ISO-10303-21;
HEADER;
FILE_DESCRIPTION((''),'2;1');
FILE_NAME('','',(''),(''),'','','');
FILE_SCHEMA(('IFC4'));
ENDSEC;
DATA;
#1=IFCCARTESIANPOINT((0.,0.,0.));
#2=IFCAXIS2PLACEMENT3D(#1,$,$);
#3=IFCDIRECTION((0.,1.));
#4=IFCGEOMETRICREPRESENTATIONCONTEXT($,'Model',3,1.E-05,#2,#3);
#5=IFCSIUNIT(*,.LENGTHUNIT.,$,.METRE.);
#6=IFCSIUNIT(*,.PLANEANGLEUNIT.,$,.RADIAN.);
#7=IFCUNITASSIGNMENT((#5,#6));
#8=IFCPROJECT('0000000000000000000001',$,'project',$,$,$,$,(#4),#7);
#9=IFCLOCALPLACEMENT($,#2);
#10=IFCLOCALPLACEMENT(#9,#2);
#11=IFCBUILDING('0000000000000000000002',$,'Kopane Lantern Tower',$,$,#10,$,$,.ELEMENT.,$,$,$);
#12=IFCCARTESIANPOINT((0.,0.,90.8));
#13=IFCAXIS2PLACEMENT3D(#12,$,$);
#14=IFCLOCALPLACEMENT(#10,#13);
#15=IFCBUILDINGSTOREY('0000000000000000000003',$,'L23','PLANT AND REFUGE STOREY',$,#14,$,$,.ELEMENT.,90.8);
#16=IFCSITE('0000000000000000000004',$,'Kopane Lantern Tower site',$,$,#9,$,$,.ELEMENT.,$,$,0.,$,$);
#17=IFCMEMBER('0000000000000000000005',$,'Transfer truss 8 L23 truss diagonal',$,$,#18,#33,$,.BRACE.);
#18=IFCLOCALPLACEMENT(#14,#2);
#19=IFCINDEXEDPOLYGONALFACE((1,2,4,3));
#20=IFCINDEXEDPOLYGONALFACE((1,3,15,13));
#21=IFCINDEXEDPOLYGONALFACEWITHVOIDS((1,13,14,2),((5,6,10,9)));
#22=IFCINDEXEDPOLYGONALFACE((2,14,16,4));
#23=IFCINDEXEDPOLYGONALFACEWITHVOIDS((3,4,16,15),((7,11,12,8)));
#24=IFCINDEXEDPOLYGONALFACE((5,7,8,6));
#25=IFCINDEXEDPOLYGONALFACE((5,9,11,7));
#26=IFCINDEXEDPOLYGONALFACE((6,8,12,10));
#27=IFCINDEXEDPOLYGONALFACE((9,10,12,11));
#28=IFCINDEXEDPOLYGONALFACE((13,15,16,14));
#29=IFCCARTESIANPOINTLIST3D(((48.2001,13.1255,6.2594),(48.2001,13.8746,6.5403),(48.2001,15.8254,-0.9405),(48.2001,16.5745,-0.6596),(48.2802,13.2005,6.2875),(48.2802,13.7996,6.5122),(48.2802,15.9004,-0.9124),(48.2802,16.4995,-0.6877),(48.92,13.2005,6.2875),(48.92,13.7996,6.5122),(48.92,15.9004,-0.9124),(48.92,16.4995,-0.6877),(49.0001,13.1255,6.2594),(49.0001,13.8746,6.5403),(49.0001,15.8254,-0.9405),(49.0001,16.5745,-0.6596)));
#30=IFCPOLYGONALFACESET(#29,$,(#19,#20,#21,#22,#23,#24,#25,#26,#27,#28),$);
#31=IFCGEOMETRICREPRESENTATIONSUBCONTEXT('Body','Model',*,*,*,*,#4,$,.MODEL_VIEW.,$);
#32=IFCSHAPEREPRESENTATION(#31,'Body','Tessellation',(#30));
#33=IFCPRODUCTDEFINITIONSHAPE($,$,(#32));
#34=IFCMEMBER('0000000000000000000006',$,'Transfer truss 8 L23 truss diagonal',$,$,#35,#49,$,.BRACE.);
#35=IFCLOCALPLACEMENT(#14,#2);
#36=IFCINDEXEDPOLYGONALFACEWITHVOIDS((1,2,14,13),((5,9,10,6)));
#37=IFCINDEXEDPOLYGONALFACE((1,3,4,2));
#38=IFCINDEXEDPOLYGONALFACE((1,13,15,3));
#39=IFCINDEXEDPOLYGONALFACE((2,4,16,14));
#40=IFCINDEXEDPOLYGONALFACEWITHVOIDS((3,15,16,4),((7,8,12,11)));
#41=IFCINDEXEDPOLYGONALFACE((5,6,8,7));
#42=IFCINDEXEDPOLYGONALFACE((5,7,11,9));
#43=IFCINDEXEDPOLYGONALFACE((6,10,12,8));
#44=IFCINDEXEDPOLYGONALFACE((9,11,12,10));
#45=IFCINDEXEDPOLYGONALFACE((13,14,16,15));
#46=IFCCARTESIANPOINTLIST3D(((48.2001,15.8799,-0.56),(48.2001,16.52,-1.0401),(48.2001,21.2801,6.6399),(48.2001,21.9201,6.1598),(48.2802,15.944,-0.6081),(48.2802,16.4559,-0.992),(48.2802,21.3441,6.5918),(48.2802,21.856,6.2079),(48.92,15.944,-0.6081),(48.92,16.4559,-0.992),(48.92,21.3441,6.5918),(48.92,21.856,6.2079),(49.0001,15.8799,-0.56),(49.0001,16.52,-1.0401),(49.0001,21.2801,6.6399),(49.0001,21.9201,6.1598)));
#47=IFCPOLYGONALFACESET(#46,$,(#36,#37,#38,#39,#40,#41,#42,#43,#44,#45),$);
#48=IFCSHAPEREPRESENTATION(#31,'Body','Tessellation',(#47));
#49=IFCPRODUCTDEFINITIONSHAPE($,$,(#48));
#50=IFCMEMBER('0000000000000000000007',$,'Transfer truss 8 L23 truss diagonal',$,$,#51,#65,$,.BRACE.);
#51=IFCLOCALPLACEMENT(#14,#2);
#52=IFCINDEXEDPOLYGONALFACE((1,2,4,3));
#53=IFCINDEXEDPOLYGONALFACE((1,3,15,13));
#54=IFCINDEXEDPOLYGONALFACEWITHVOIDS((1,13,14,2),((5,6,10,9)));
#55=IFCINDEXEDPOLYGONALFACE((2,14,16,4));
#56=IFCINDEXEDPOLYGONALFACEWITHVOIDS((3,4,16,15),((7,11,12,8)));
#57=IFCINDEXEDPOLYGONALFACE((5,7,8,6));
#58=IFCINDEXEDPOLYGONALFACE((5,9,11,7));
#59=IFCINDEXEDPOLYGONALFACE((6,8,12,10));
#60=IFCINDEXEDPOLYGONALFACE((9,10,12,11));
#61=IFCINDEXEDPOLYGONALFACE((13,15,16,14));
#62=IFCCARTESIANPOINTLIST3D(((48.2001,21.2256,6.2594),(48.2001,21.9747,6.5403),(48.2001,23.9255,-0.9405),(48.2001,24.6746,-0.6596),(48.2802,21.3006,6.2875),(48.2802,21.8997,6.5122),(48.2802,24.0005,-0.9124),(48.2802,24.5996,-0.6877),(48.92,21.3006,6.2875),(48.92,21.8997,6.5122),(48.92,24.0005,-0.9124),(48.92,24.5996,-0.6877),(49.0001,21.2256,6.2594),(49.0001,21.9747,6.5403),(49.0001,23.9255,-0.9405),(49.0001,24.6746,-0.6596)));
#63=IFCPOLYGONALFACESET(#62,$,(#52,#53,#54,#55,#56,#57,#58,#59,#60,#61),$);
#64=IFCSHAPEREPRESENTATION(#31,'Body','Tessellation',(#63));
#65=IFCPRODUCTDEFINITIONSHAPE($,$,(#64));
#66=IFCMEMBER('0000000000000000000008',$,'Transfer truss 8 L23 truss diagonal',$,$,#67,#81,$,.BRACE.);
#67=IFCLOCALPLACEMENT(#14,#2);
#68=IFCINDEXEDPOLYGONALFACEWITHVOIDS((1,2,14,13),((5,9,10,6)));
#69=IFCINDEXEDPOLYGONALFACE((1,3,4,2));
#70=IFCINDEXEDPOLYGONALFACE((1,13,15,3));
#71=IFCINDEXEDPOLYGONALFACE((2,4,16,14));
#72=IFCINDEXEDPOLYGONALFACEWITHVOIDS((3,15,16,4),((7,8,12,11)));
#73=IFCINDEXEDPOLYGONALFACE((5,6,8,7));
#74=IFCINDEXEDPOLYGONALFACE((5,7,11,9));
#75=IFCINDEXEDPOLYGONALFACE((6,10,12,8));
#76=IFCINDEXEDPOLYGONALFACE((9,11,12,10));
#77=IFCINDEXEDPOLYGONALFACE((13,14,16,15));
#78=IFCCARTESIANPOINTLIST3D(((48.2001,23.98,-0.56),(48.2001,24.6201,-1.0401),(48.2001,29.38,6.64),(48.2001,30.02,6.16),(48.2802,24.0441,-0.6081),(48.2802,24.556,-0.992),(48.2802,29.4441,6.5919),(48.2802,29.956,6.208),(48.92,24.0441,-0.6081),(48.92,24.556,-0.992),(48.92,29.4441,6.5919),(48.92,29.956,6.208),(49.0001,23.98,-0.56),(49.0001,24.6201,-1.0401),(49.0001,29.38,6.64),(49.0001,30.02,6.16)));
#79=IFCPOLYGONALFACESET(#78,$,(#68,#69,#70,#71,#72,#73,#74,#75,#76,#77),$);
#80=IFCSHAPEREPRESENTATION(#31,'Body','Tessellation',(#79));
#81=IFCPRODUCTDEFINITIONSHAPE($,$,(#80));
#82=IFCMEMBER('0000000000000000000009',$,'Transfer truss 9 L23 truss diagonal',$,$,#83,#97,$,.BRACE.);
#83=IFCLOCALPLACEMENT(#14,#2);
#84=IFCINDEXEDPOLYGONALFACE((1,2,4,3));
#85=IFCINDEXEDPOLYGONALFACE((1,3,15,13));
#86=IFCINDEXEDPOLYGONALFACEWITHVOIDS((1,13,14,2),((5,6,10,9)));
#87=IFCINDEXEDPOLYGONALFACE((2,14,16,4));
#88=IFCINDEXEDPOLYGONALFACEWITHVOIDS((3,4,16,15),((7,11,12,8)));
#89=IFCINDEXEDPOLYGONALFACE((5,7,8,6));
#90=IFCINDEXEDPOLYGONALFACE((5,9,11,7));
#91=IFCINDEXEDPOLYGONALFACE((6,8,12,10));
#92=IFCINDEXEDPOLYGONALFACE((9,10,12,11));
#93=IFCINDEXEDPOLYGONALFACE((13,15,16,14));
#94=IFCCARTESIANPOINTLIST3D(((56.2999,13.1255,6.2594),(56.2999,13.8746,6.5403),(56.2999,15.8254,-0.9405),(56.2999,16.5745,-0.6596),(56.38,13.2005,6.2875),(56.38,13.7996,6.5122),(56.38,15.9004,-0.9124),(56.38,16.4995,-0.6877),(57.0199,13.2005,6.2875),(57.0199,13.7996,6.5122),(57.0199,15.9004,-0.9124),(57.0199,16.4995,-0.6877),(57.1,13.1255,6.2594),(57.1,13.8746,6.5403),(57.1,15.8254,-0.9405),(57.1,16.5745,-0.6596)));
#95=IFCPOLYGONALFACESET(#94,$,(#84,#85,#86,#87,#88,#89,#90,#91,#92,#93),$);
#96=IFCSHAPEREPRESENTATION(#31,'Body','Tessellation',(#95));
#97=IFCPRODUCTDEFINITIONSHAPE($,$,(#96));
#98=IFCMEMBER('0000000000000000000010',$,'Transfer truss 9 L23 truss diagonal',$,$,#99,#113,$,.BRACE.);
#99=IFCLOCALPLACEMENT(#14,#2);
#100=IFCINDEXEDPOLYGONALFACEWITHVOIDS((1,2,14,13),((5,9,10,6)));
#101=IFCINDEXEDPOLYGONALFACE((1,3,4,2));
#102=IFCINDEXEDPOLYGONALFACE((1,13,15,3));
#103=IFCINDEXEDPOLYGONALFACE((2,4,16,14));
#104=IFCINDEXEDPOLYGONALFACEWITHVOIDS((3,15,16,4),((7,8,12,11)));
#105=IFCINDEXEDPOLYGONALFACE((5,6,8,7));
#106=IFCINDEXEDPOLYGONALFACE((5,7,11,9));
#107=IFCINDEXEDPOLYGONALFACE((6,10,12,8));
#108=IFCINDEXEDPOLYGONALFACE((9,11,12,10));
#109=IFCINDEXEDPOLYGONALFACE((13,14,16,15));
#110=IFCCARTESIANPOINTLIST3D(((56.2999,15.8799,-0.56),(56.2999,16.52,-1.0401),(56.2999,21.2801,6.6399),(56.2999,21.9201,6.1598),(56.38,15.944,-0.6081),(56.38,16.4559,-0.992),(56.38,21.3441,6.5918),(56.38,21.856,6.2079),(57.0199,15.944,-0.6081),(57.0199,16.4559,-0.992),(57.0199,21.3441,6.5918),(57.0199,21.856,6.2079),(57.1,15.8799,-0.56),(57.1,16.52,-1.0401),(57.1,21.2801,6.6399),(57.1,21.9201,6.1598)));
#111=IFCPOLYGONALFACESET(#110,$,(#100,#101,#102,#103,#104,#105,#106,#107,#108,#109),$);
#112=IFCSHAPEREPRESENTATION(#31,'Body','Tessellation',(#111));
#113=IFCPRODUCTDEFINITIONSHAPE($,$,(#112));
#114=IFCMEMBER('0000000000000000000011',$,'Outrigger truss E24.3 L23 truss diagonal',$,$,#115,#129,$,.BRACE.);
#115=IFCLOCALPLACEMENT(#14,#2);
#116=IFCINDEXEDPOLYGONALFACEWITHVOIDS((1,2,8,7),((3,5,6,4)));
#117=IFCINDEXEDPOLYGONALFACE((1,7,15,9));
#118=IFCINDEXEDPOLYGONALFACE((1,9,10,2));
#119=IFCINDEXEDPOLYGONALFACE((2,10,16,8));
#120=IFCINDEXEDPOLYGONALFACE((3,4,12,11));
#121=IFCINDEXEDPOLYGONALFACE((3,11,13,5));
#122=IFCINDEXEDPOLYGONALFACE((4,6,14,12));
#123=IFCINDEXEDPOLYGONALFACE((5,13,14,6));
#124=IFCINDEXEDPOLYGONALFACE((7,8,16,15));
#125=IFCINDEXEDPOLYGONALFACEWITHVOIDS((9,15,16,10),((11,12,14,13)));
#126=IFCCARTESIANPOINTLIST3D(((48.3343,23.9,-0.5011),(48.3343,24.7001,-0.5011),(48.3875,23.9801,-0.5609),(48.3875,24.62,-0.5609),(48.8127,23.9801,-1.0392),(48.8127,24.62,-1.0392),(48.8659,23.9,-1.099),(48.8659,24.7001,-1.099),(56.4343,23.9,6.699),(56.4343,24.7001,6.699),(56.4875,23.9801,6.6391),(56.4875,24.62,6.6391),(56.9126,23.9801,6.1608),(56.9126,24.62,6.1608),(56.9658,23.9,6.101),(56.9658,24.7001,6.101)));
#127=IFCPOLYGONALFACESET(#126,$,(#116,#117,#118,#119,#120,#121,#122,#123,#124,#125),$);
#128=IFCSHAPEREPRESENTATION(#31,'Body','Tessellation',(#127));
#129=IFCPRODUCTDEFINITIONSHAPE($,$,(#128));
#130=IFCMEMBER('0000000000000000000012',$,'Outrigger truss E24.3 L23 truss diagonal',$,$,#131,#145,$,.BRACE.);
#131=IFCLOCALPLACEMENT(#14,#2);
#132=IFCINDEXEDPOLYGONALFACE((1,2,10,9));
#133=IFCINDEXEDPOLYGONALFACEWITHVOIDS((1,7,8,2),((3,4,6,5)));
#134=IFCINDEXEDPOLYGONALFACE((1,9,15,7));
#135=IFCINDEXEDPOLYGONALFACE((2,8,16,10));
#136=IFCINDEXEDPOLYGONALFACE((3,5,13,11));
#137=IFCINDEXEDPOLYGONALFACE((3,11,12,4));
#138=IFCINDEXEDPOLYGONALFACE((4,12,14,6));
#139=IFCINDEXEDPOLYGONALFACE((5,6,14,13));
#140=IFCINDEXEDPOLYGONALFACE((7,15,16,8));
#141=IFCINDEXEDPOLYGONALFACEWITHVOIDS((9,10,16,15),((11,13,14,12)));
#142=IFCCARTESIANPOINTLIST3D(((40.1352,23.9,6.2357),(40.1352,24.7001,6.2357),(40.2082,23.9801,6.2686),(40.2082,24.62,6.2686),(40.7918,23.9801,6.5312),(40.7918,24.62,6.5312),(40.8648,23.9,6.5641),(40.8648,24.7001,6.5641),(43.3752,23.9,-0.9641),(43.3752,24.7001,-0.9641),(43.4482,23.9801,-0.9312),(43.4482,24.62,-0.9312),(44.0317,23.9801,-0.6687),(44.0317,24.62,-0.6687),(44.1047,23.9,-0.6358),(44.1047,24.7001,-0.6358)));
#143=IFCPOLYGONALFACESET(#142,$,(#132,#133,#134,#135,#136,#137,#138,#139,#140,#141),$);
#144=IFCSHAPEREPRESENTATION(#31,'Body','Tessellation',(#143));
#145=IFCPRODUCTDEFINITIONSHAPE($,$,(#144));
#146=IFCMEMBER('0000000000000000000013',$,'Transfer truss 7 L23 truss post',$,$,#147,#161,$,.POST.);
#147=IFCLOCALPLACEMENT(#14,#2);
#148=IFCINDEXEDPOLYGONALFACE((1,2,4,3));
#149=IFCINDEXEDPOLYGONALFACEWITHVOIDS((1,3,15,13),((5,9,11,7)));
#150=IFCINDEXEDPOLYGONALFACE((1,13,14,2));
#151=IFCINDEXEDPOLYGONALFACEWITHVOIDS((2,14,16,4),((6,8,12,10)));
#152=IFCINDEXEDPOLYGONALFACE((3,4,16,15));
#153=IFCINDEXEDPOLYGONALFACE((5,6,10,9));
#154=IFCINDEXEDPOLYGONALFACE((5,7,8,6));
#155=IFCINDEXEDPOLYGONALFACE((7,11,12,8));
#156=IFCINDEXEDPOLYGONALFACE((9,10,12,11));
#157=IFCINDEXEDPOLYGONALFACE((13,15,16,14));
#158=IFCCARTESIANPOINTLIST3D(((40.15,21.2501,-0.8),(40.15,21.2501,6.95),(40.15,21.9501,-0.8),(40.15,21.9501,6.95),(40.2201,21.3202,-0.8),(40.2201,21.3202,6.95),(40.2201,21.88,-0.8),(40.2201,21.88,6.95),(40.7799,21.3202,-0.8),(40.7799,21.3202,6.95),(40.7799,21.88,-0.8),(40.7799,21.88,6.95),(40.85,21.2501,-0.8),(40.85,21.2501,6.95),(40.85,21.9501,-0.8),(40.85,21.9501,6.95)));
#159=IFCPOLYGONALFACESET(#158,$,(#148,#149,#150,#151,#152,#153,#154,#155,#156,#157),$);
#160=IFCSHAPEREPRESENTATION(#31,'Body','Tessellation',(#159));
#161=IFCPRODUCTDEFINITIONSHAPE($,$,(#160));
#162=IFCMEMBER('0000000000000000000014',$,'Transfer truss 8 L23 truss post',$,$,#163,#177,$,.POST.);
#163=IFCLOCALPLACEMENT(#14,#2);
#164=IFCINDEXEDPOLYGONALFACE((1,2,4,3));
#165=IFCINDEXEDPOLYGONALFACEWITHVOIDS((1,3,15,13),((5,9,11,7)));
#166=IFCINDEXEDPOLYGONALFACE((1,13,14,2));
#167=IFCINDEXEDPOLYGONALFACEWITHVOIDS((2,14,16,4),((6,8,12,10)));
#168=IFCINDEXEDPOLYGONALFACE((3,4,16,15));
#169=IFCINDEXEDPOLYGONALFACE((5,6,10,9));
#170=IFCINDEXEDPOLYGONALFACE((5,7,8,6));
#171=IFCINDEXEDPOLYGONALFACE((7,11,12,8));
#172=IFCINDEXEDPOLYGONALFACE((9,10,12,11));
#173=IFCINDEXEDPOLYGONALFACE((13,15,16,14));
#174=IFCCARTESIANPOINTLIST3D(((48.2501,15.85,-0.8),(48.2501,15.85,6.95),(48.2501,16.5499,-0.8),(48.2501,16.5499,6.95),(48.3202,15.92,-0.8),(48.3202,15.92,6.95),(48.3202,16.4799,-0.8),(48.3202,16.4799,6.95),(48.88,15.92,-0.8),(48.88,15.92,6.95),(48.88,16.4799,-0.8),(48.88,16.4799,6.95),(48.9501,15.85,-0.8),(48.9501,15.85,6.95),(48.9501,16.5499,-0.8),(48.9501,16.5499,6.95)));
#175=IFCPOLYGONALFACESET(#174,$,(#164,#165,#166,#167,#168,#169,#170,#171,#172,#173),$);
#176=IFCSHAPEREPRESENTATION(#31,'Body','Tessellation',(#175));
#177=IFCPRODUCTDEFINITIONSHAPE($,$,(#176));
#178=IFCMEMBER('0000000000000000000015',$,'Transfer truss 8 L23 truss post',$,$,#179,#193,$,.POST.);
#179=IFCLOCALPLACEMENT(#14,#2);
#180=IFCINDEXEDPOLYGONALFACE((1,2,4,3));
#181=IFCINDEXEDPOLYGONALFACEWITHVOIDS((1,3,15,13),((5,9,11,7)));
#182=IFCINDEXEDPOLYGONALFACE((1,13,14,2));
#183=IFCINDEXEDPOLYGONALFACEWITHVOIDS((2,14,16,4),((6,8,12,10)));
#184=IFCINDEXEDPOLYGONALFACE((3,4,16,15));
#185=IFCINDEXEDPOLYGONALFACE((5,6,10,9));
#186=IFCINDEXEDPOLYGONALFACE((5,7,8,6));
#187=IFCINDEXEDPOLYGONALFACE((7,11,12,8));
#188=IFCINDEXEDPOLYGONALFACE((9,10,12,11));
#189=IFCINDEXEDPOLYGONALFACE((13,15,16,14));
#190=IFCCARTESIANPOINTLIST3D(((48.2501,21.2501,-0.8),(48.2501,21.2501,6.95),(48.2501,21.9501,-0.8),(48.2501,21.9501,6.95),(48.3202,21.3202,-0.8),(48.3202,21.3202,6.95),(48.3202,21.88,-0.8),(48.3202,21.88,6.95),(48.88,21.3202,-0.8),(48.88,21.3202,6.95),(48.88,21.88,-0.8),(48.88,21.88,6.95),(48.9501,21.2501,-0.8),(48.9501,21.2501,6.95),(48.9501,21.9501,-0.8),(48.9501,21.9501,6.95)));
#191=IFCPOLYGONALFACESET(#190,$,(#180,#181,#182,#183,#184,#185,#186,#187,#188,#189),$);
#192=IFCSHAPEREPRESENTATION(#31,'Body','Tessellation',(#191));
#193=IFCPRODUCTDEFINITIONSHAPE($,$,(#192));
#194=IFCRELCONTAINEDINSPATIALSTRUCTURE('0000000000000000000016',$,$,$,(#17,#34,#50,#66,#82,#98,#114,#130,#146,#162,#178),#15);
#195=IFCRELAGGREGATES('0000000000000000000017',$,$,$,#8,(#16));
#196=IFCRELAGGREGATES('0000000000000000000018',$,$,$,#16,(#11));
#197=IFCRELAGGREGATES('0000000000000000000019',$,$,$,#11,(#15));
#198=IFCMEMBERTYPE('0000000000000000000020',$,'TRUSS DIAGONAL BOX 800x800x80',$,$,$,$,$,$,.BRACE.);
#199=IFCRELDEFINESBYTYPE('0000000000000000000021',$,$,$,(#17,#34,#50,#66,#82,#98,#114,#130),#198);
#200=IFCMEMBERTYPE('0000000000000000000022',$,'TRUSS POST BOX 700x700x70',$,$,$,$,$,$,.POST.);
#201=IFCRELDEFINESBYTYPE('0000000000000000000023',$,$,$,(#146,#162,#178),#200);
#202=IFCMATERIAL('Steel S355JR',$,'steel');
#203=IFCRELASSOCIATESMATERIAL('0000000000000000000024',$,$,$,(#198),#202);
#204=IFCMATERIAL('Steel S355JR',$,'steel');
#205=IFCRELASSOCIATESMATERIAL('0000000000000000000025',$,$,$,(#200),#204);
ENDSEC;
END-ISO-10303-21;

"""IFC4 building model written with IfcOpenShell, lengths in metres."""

from ifc_helpers import new_model, si_unit, direction, frame, origin, origin_2d, place, context, subcontext, project, spatial, hollow_rectangle, extrude, material, material_profile, profile_set, type_object, element, save


model = new_model("IFC4")

# Units and contexts
model_context = context("Model", 3, precision=1e-05, world=origin(), true_north=direction((0.0, 1.0)))
body_context = subcontext(model_context, "Body", "Model", "MODEL_VIEW")
ifc_project = project(units=[si_unit("LENGTHUNIT", "METRE"), si_unit("PLANEANGLEUNIT", "RADIAN")], contexts=[model_context])

# Site, building, storey
site_placement = place(None, origin())
site = spatial("IfcSite", under=ifc_project, at=site_placement, Name="Kopane Lantern Tower site", CompositionType="ELEMENT", RefElevation=0.0)
building_placement = place(site_placement, origin())
building = spatial("IfcBuilding", under=site, at=building_placement, Name="Kopane Lantern Tower", CompositionType="ELEMENT")
storey_placement = place(building_placement, frame((0.0, 0.0, 90.8)))
storey = spatial("IfcBuildingStorey", under=building, at=storey_placement, Name="L23", Description="PLANT AND REFUGE STOREY", CompositionType="ELEMENT", Elevation=90.8)

# Members
ifc_material_1 = material(Name="Steel S355JR", Category="steel")
ifc_material_profile_1 = material_profile(ifc_material_1, hollow_rectangle(XDim=0.8, YDim=0.8, WallThickness=0.0801, at=origin_2d()), Name="BOX 800x800x80")
ifc_profile_set_1 = profile_set([ifc_material_profile_1], Name="Steel S355JR")
member_type_1 = type_object("IfcMemberType", Name="TRUSS DIAGONAL BOX 800x800x80", PredefinedType="BRACE", material=ifc_profile_set_1)
for number, where, z_axis, x_axis, name in (
    (1, (48.6001, 16.2, -0.8), (0.0, -0.35112, 0.93633), (1.0, 0.0, 0.0), "Transfer truss 8 L23 truss diagonal"),
):
    element("IfcMember", number, at=place(storey_placement, frame(where, z_axis=z_axis, x_axis=x_axis)), inside=storey, type_object=member_type_1, Name=name, PredefinedType="BRACE", context=body_context, shape_type="SweptSolid", body=[
        extrude(hollow_rectangle(XDim=0.8, YDim=0.8, WallThickness=0.0801, at=origin_2d()), origin(), (0.0, 0.0, 1.0), 7.6895),
    ])
member_1_placement = place(storey_placement, frame((48.6001, 16.2, -0.8), z_axis=(0.0, 0.600013, 0.79999), x_axis=(-1.0, 0.0, 0.0)))
element("IfcMember", 2, at=member_1_placement, inside=storey, type_object=member_type_1, Name="Transfer truss 8 L23 truss diagonal", PredefinedType="BRACE", context=body_context, shape_type="SweptSolid", body=[
    extrude(hollow_rectangle(XDim=0.8, YDim=0.8, WallThickness=0.0801, at=origin_2d()), origin(), (0.0, 0.0, 1.0), 9.0),
])
member_2_placement = place(storey_placement, frame((48.6001, 24.3, -0.8), z_axis=(0.0, -0.35112, 0.93633), x_axis=(1.0, 0.0, 0.0)))
element("IfcMember", 3, at=member_2_placement, inside=storey, type_object=member_type_1, Name="Transfer truss 8 L23 truss diagonal", PredefinedType="BRACE", context=body_context, shape_type="SweptSolid", body=[
    extrude(hollow_rectangle(XDim=0.8, YDim=0.8, WallThickness=0.0801, at=origin_2d()), origin(), (0.0, 0.0, 1.0), 7.6895),
])
member_3_placement = place(storey_placement, frame((48.6001, 24.3, -0.8), z_axis=(0.0, 0.599996, 0.800003), x_axis=(-1.0, 0.0, 0.0)))
element("IfcMember", 4, at=member_3_placement, inside=storey, type_object=member_type_1, Name="Transfer truss 8 L23 truss diagonal", PredefinedType="BRACE", context=body_context, shape_type="SweptSolid", body=[
    extrude(hollow_rectangle(XDim=0.8, YDim=0.8, WallThickness=0.0801, at=origin_2d()), origin(), (0.0, 0.0, 1.0), 9.0),
])
member_4_placement = place(storey_placement, frame((56.7, 16.2, -0.8), z_axis=(0.0, -0.35112, 0.93633), x_axis=(1.0, 0.0, 0.0)))
element("IfcMember", 5, at=member_4_placement, inside=storey, type_object=member_type_1, Name="Transfer truss 9 L23 truss diagonal", PredefinedType="BRACE", context=body_context, shape_type="SweptSolid", body=[
    extrude(hollow_rectangle(XDim=0.8, YDim=0.8, WallThickness=0.0801, at=origin_2d()), origin(), (0.0, 0.0, 1.0), 7.6895),
])
member_5_placement = place(storey_placement, frame((56.7, 16.2, -0.8), z_axis=(0.0, 0.600013, 0.79999), x_axis=(-1.0, 0.0, 0.0)))
element("IfcMember", 6, at=member_5_placement, inside=storey, type_object=member_type_1, Name="Transfer truss 9 L23 truss diagonal", PredefinedType="BRACE", context=body_context, shape_type="SweptSolid", body=[
    extrude(hollow_rectangle(XDim=0.8, YDim=0.8, WallThickness=0.0801, at=origin_2d()), origin(), (0.0, 0.0, 1.0), 9.0),
])
member_6_placement = place(storey_placement, frame((48.6001, 24.3, -0.8), z_axis=(0.747406, 0.0, 0.664368), x_axis=(0.0, 1.0, 0.0)))
element("IfcMember", 7, at=member_6_placement, inside=storey, type_object=member_type_1, Name="Outrigger truss E24.3 L23 truss diagonal", PredefinedType="BRACE", context=body_context, shape_type="SweptSolid", body=[
    extrude(hollow_rectangle(XDim=0.8, YDim=0.8, WallThickness=0.0801, at=origin_2d()), origin(), (0.0, 0.0, 1.0), 10.8374),
])
member_7_placement = place(storey_placement, frame((40.5, 24.3, 6.3999), z_axis=(0.410366, 0.0, -0.911921), x_axis=(0.0, 1.0, 0.0)))
element("IfcMember", 8, at=member_7_placement, inside=storey, type_object=member_type_1, Name="Outrigger truss E24.3 L23 truss diagonal", PredefinedType="BRACE", context=body_context, shape_type="SweptSolid", body=[
    extrude(hollow_rectangle(XDim=0.8, YDim=0.8, WallThickness=0.0801, at=origin_2d()), origin(), (0.0, 0.0, 1.0), 7.8953),
])
ifc_material_2 = material(Name="Steel S355JR", Category="steel")
ifc_material_profile_2 = material_profile(ifc_material_2, hollow_rectangle(XDim=0.7, YDim=0.7, WallThickness=0.0701, at=origin_2d()), Name="BOX 700x700x70")
ifc_profile_set_2 = profile_set([ifc_material_profile_2], Name="Steel S355JR")
member_type_2 = type_object("IfcMemberType", Name="TRUSS POST BOX 700x700x70", PredefinedType="POST", material=ifc_profile_set_2)
for number, where, z_axis, x_axis, name in (
    (9, (40.5, 21.6001, -0.8), (0.0, 0.0, 1.0), (1.0, 0.0, 0.0), "Transfer truss 7 L23 truss post"),
    (10, (48.6001, 16.2, -0.8), (0.0, 0.0, 1.0), (1.0, 0.0, 0.0), "Transfer truss 8 L23 truss post"),
    (11, (48.6001, 21.6001, -0.8), (0.0, 0.0, 1.0), (1.0, 0.0, 0.0), "Transfer truss 8 L23 truss post"),
):
    element("IfcMember", number, at=place(storey_placement, frame(where, z_axis=z_axis, x_axis=x_axis)), inside=storey, type_object=member_type_2, Name=name, PredefinedType="POST", context=body_context, shape_type="SweptSolid", body=[
        extrude(hollow_rectangle(XDim=0.7, YDim=0.7, WallThickness=0.0701, at=origin_2d()), origin(), (0.0, 0.0, 1.0), 7.75),
    ])

save(model, "model.ifc")
